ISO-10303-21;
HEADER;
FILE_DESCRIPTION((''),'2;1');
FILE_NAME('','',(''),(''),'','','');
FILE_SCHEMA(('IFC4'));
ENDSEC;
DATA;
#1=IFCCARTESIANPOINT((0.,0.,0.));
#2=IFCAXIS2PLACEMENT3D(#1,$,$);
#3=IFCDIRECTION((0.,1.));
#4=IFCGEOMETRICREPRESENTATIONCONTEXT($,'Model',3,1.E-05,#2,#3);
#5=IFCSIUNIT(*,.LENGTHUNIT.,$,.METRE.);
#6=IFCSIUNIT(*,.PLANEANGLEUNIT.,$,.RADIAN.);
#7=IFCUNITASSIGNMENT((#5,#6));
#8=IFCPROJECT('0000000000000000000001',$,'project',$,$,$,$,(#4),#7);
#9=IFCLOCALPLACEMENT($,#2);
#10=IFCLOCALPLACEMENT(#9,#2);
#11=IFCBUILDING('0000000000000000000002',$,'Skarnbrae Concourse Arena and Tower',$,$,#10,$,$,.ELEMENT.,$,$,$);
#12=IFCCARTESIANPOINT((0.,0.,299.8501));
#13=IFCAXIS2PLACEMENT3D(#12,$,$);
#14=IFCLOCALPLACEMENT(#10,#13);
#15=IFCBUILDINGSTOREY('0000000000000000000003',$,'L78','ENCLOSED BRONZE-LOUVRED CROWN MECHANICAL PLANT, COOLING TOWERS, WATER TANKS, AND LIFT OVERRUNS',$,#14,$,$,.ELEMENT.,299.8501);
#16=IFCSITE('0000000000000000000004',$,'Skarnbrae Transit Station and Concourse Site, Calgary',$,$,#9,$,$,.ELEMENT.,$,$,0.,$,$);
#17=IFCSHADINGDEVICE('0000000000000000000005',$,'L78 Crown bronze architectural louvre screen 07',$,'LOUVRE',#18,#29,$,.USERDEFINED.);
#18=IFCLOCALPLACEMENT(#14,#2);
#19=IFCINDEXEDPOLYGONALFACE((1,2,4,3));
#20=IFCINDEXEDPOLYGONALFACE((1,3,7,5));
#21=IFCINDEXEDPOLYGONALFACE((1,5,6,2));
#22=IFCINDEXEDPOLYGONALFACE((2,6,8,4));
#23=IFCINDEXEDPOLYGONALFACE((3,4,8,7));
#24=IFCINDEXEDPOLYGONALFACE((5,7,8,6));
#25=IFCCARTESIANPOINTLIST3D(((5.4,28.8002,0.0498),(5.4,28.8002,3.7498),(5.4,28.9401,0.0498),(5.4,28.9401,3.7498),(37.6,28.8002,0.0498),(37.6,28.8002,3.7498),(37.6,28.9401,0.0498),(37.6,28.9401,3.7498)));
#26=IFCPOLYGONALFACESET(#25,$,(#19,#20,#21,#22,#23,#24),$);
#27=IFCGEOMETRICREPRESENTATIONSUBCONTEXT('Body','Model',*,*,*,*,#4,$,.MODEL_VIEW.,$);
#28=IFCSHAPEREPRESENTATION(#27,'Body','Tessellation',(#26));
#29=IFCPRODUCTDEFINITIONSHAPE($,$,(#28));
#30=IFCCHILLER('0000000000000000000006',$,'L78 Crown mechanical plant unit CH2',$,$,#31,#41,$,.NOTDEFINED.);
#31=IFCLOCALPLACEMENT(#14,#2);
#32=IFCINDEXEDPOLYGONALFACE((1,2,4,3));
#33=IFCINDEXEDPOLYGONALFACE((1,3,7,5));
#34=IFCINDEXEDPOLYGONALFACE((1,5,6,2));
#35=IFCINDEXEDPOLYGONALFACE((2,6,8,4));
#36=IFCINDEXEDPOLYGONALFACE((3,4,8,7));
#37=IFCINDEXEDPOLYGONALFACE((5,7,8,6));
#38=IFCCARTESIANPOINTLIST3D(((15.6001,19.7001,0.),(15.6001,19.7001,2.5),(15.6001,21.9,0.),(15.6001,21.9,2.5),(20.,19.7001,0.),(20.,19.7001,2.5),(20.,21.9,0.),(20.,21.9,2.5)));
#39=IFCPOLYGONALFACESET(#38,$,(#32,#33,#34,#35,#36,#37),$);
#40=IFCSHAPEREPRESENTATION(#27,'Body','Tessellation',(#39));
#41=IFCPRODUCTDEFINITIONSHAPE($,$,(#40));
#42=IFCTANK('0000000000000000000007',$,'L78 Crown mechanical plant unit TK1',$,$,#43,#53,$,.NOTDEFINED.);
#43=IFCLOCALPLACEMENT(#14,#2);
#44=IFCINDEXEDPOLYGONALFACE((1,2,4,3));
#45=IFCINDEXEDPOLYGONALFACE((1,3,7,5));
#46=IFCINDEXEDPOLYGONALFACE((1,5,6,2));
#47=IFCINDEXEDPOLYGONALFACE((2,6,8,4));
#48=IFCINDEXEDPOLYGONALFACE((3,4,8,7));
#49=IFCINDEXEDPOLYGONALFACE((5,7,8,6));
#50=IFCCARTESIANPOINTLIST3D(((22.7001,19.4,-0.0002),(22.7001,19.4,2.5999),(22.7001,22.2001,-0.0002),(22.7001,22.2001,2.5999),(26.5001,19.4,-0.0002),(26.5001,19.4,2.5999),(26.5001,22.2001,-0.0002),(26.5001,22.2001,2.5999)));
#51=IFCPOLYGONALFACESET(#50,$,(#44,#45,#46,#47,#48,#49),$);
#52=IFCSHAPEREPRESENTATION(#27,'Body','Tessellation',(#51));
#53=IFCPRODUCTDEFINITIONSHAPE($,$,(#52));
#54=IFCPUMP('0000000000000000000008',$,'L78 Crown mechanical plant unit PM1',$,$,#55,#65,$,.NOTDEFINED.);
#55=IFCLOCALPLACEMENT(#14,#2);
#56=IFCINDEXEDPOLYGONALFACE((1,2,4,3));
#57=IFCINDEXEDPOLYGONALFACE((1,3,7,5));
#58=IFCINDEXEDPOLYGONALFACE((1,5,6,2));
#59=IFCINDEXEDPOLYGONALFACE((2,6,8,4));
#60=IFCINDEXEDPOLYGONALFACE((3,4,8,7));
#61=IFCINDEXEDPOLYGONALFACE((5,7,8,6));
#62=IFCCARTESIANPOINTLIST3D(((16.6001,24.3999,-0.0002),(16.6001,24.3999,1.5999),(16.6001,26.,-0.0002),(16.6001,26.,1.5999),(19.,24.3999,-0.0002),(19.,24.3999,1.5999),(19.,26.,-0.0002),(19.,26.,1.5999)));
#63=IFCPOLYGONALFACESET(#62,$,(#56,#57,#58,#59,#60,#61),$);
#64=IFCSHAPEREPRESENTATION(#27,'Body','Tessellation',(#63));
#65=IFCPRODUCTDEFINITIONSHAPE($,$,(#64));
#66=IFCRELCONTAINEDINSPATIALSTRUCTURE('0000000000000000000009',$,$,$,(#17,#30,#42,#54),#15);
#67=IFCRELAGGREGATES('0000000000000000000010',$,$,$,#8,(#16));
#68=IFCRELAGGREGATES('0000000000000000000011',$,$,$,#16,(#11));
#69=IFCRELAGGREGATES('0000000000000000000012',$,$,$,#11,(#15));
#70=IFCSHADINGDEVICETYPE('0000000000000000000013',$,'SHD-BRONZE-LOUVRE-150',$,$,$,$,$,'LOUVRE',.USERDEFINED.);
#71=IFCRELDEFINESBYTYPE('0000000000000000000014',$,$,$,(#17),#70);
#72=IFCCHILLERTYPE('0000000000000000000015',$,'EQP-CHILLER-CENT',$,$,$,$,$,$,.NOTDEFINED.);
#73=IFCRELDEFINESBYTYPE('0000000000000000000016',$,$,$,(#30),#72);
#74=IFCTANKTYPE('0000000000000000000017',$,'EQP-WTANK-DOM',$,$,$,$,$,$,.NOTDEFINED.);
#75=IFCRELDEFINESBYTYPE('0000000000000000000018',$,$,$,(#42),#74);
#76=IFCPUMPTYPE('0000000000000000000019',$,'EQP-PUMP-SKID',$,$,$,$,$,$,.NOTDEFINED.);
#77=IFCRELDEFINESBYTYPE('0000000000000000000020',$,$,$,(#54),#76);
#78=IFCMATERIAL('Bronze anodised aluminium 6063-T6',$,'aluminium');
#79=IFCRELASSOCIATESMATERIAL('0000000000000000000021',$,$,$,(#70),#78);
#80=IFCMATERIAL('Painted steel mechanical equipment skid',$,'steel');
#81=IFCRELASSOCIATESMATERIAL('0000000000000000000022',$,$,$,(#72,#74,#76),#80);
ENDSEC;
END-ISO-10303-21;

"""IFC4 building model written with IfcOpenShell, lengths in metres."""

from ifc_helpers import new_model, si_unit, direction, frame, origin, origin_2d, place, context, subcontext, project, spatial, rectangle, extrude, source, transform, mapped, material, type_object, element, save


model = new_model("IFC4")

# Units and contexts
model_context = context("Model", 3, precision=1e-05, world=origin(), true_north=direction((0.0, 1.0)))
body_context = subcontext(model_context, "Body", "Model", "MODEL_VIEW")
ifc_project = project(units=[si_unit("LENGTHUNIT", "METRE"), si_unit("PLANEANGLEUNIT", "RADIAN")], contexts=[model_context])

# Site, building, storey
site_placement = place(None, origin())
site = spatial("IfcSite", under=ifc_project, at=site_placement, Name="Skarnbrae Transit Station and Concourse Site, Calgary", CompositionType="ELEMENT", RefElevation=0.0)
building_placement = place(site_placement, origin())
building = spatial("IfcBuilding", under=site, at=building_placement, Name="Skarnbrae Concourse Arena and Tower", CompositionType="ELEMENT")
storey_placement = place(building_placement, frame((0.0, 0.0, 299.8501)))
storey = spatial("IfcBuildingStorey", under=building, at=storey_placement, Name="L78", Description="ENCLOSED BRONZE-LOUVRED CROWN MECHANICAL PLANT, COOLING TOWERS, WATER TANKS, AND LIFT OVERRUNS", CompositionType="ELEMENT", Elevation=299.8501)

# Shared definitions
ifc_material_1 = material(Name="Bronze anodised aluminium 6063-T6", Category="aluminium")

# Shading device
shading_device_type = type_object("IfcShadingDeviceType", Name="SHD-BRONZE-LOUVRE-150", ElementType="LOUVRE", PredefinedType="USERDEFINED", material=ifc_material_1)
shared_shape_1 = source(origin(), body_context, "Body", "SweptSolid", [
    extrude(rectangle(XDim=32.2, YDim=0.1399, at=origin_2d()), origin(), (0.0, 0.0, 1.0), 3.7),
])
shading_device_placement = place(storey_placement, frame((21.5, 28.8701, 0.0498), z_axis=(0.0, 0.0, 1.0), x_axis=(-1.0, 0.0, 0.0)))
element("IfcShadingDevice", 1, at=shading_device_placement, inside=storey, type_object=shading_device_type, Name="L78 Crown bronze architectural louvre screen 07", ObjectType="LOUVRE", PredefinedType="USERDEFINED", context=body_context, shape_type="MappedRepresentation", body=[
    mapped(shared_shape_1, transform((0.0, 0.0, 0.0))),
])

# Chiller
ifc_material_2 = material(Name="Painted steel mechanical equipment skid", Category="steel")
chiller_type = type_object("IfcChillerType", Name="EQP-CHILLER-CENT", PredefinedType="NOTDEFINED", material=ifc_material_2)
shared_shape_2 = source(origin(), body_context, "Body", "SweptSolid", [
    extrude(rectangle(XDim=4.3999, YDim=2.2, at=origin_2d()), origin(), (0.0, 0.0, 1.0), 2.5),
])
chiller_placement = place(storey_placement, frame((17.8, 20.8, 0.0), z_axis=(0.0, 0.0, 1.0), x_axis=(1.0, 0.0, 0.0)))
element("IfcChiller", 2, at=chiller_placement, inside=storey, type_object=chiller_type, Name="L78 Crown mechanical plant unit CH2", PredefinedType="NOTDEFINED", context=body_context, shape_type="MappedRepresentation", body=[
    mapped(shared_shape_2, transform((0.0, 0.0, 0.0))),
])

# Tank
tank_type = type_object("IfcTankType", Name="EQP-WTANK-DOM", PredefinedType="NOTDEFINED", material=ifc_material_2)
shared_shape_3 = source(origin(), body_context, "Body", "SweptSolid", [
    extrude(rectangle(XDim=3.8, YDim=2.8, at=origin_2d()), origin(), (0.0, 0.0, 1.0), 2.6001),
])
tank_placement = place(storey_placement, frame((24.6001, 20.8, -0.0002), z_axis=(0.0, 0.0, 1.0), x_axis=(1.0, 0.0, 0.0)))
element("IfcTank", 3, at=tank_placement, inside=storey, type_object=tank_type, Name="L78 Crown mechanical plant unit TK1", PredefinedType="NOTDEFINED", context=body_context, shape_type="MappedRepresentation", body=[
    mapped(shared_shape_3, transform((0.0, 0.0, 0.0))),
])

# Pump
pump_type = type_object("IfcPumpType", Name="EQP-PUMP-SKID", PredefinedType="NOTDEFINED", material=ifc_material_2)
shared_shape_4 = source(origin(), body_context, "Body", "SweptSolid", [
    extrude(rectangle(XDim=2.3999, YDim=1.6001, at=origin_2d()), origin(), (0.0, 0.0, 1.0), 1.6001),
])
pump_placement = place(storey_placement, frame((17.8, 25.2, -0.0002), z_axis=(0.0, 0.0, 1.0), x_axis=(1.0, 0.0, 0.0)))
element("IfcPump", 4, at=pump_placement, inside=storey, type_object=pump_type, Name="L78 Crown mechanical plant unit PM1", PredefinedType="NOTDEFINED", context=body_context, shape_type="MappedRepresentation", body=[
    mapped(shared_shape_4, transform((0.0, 0.0, 0.0))),
])

save(model, "model.ifc")
